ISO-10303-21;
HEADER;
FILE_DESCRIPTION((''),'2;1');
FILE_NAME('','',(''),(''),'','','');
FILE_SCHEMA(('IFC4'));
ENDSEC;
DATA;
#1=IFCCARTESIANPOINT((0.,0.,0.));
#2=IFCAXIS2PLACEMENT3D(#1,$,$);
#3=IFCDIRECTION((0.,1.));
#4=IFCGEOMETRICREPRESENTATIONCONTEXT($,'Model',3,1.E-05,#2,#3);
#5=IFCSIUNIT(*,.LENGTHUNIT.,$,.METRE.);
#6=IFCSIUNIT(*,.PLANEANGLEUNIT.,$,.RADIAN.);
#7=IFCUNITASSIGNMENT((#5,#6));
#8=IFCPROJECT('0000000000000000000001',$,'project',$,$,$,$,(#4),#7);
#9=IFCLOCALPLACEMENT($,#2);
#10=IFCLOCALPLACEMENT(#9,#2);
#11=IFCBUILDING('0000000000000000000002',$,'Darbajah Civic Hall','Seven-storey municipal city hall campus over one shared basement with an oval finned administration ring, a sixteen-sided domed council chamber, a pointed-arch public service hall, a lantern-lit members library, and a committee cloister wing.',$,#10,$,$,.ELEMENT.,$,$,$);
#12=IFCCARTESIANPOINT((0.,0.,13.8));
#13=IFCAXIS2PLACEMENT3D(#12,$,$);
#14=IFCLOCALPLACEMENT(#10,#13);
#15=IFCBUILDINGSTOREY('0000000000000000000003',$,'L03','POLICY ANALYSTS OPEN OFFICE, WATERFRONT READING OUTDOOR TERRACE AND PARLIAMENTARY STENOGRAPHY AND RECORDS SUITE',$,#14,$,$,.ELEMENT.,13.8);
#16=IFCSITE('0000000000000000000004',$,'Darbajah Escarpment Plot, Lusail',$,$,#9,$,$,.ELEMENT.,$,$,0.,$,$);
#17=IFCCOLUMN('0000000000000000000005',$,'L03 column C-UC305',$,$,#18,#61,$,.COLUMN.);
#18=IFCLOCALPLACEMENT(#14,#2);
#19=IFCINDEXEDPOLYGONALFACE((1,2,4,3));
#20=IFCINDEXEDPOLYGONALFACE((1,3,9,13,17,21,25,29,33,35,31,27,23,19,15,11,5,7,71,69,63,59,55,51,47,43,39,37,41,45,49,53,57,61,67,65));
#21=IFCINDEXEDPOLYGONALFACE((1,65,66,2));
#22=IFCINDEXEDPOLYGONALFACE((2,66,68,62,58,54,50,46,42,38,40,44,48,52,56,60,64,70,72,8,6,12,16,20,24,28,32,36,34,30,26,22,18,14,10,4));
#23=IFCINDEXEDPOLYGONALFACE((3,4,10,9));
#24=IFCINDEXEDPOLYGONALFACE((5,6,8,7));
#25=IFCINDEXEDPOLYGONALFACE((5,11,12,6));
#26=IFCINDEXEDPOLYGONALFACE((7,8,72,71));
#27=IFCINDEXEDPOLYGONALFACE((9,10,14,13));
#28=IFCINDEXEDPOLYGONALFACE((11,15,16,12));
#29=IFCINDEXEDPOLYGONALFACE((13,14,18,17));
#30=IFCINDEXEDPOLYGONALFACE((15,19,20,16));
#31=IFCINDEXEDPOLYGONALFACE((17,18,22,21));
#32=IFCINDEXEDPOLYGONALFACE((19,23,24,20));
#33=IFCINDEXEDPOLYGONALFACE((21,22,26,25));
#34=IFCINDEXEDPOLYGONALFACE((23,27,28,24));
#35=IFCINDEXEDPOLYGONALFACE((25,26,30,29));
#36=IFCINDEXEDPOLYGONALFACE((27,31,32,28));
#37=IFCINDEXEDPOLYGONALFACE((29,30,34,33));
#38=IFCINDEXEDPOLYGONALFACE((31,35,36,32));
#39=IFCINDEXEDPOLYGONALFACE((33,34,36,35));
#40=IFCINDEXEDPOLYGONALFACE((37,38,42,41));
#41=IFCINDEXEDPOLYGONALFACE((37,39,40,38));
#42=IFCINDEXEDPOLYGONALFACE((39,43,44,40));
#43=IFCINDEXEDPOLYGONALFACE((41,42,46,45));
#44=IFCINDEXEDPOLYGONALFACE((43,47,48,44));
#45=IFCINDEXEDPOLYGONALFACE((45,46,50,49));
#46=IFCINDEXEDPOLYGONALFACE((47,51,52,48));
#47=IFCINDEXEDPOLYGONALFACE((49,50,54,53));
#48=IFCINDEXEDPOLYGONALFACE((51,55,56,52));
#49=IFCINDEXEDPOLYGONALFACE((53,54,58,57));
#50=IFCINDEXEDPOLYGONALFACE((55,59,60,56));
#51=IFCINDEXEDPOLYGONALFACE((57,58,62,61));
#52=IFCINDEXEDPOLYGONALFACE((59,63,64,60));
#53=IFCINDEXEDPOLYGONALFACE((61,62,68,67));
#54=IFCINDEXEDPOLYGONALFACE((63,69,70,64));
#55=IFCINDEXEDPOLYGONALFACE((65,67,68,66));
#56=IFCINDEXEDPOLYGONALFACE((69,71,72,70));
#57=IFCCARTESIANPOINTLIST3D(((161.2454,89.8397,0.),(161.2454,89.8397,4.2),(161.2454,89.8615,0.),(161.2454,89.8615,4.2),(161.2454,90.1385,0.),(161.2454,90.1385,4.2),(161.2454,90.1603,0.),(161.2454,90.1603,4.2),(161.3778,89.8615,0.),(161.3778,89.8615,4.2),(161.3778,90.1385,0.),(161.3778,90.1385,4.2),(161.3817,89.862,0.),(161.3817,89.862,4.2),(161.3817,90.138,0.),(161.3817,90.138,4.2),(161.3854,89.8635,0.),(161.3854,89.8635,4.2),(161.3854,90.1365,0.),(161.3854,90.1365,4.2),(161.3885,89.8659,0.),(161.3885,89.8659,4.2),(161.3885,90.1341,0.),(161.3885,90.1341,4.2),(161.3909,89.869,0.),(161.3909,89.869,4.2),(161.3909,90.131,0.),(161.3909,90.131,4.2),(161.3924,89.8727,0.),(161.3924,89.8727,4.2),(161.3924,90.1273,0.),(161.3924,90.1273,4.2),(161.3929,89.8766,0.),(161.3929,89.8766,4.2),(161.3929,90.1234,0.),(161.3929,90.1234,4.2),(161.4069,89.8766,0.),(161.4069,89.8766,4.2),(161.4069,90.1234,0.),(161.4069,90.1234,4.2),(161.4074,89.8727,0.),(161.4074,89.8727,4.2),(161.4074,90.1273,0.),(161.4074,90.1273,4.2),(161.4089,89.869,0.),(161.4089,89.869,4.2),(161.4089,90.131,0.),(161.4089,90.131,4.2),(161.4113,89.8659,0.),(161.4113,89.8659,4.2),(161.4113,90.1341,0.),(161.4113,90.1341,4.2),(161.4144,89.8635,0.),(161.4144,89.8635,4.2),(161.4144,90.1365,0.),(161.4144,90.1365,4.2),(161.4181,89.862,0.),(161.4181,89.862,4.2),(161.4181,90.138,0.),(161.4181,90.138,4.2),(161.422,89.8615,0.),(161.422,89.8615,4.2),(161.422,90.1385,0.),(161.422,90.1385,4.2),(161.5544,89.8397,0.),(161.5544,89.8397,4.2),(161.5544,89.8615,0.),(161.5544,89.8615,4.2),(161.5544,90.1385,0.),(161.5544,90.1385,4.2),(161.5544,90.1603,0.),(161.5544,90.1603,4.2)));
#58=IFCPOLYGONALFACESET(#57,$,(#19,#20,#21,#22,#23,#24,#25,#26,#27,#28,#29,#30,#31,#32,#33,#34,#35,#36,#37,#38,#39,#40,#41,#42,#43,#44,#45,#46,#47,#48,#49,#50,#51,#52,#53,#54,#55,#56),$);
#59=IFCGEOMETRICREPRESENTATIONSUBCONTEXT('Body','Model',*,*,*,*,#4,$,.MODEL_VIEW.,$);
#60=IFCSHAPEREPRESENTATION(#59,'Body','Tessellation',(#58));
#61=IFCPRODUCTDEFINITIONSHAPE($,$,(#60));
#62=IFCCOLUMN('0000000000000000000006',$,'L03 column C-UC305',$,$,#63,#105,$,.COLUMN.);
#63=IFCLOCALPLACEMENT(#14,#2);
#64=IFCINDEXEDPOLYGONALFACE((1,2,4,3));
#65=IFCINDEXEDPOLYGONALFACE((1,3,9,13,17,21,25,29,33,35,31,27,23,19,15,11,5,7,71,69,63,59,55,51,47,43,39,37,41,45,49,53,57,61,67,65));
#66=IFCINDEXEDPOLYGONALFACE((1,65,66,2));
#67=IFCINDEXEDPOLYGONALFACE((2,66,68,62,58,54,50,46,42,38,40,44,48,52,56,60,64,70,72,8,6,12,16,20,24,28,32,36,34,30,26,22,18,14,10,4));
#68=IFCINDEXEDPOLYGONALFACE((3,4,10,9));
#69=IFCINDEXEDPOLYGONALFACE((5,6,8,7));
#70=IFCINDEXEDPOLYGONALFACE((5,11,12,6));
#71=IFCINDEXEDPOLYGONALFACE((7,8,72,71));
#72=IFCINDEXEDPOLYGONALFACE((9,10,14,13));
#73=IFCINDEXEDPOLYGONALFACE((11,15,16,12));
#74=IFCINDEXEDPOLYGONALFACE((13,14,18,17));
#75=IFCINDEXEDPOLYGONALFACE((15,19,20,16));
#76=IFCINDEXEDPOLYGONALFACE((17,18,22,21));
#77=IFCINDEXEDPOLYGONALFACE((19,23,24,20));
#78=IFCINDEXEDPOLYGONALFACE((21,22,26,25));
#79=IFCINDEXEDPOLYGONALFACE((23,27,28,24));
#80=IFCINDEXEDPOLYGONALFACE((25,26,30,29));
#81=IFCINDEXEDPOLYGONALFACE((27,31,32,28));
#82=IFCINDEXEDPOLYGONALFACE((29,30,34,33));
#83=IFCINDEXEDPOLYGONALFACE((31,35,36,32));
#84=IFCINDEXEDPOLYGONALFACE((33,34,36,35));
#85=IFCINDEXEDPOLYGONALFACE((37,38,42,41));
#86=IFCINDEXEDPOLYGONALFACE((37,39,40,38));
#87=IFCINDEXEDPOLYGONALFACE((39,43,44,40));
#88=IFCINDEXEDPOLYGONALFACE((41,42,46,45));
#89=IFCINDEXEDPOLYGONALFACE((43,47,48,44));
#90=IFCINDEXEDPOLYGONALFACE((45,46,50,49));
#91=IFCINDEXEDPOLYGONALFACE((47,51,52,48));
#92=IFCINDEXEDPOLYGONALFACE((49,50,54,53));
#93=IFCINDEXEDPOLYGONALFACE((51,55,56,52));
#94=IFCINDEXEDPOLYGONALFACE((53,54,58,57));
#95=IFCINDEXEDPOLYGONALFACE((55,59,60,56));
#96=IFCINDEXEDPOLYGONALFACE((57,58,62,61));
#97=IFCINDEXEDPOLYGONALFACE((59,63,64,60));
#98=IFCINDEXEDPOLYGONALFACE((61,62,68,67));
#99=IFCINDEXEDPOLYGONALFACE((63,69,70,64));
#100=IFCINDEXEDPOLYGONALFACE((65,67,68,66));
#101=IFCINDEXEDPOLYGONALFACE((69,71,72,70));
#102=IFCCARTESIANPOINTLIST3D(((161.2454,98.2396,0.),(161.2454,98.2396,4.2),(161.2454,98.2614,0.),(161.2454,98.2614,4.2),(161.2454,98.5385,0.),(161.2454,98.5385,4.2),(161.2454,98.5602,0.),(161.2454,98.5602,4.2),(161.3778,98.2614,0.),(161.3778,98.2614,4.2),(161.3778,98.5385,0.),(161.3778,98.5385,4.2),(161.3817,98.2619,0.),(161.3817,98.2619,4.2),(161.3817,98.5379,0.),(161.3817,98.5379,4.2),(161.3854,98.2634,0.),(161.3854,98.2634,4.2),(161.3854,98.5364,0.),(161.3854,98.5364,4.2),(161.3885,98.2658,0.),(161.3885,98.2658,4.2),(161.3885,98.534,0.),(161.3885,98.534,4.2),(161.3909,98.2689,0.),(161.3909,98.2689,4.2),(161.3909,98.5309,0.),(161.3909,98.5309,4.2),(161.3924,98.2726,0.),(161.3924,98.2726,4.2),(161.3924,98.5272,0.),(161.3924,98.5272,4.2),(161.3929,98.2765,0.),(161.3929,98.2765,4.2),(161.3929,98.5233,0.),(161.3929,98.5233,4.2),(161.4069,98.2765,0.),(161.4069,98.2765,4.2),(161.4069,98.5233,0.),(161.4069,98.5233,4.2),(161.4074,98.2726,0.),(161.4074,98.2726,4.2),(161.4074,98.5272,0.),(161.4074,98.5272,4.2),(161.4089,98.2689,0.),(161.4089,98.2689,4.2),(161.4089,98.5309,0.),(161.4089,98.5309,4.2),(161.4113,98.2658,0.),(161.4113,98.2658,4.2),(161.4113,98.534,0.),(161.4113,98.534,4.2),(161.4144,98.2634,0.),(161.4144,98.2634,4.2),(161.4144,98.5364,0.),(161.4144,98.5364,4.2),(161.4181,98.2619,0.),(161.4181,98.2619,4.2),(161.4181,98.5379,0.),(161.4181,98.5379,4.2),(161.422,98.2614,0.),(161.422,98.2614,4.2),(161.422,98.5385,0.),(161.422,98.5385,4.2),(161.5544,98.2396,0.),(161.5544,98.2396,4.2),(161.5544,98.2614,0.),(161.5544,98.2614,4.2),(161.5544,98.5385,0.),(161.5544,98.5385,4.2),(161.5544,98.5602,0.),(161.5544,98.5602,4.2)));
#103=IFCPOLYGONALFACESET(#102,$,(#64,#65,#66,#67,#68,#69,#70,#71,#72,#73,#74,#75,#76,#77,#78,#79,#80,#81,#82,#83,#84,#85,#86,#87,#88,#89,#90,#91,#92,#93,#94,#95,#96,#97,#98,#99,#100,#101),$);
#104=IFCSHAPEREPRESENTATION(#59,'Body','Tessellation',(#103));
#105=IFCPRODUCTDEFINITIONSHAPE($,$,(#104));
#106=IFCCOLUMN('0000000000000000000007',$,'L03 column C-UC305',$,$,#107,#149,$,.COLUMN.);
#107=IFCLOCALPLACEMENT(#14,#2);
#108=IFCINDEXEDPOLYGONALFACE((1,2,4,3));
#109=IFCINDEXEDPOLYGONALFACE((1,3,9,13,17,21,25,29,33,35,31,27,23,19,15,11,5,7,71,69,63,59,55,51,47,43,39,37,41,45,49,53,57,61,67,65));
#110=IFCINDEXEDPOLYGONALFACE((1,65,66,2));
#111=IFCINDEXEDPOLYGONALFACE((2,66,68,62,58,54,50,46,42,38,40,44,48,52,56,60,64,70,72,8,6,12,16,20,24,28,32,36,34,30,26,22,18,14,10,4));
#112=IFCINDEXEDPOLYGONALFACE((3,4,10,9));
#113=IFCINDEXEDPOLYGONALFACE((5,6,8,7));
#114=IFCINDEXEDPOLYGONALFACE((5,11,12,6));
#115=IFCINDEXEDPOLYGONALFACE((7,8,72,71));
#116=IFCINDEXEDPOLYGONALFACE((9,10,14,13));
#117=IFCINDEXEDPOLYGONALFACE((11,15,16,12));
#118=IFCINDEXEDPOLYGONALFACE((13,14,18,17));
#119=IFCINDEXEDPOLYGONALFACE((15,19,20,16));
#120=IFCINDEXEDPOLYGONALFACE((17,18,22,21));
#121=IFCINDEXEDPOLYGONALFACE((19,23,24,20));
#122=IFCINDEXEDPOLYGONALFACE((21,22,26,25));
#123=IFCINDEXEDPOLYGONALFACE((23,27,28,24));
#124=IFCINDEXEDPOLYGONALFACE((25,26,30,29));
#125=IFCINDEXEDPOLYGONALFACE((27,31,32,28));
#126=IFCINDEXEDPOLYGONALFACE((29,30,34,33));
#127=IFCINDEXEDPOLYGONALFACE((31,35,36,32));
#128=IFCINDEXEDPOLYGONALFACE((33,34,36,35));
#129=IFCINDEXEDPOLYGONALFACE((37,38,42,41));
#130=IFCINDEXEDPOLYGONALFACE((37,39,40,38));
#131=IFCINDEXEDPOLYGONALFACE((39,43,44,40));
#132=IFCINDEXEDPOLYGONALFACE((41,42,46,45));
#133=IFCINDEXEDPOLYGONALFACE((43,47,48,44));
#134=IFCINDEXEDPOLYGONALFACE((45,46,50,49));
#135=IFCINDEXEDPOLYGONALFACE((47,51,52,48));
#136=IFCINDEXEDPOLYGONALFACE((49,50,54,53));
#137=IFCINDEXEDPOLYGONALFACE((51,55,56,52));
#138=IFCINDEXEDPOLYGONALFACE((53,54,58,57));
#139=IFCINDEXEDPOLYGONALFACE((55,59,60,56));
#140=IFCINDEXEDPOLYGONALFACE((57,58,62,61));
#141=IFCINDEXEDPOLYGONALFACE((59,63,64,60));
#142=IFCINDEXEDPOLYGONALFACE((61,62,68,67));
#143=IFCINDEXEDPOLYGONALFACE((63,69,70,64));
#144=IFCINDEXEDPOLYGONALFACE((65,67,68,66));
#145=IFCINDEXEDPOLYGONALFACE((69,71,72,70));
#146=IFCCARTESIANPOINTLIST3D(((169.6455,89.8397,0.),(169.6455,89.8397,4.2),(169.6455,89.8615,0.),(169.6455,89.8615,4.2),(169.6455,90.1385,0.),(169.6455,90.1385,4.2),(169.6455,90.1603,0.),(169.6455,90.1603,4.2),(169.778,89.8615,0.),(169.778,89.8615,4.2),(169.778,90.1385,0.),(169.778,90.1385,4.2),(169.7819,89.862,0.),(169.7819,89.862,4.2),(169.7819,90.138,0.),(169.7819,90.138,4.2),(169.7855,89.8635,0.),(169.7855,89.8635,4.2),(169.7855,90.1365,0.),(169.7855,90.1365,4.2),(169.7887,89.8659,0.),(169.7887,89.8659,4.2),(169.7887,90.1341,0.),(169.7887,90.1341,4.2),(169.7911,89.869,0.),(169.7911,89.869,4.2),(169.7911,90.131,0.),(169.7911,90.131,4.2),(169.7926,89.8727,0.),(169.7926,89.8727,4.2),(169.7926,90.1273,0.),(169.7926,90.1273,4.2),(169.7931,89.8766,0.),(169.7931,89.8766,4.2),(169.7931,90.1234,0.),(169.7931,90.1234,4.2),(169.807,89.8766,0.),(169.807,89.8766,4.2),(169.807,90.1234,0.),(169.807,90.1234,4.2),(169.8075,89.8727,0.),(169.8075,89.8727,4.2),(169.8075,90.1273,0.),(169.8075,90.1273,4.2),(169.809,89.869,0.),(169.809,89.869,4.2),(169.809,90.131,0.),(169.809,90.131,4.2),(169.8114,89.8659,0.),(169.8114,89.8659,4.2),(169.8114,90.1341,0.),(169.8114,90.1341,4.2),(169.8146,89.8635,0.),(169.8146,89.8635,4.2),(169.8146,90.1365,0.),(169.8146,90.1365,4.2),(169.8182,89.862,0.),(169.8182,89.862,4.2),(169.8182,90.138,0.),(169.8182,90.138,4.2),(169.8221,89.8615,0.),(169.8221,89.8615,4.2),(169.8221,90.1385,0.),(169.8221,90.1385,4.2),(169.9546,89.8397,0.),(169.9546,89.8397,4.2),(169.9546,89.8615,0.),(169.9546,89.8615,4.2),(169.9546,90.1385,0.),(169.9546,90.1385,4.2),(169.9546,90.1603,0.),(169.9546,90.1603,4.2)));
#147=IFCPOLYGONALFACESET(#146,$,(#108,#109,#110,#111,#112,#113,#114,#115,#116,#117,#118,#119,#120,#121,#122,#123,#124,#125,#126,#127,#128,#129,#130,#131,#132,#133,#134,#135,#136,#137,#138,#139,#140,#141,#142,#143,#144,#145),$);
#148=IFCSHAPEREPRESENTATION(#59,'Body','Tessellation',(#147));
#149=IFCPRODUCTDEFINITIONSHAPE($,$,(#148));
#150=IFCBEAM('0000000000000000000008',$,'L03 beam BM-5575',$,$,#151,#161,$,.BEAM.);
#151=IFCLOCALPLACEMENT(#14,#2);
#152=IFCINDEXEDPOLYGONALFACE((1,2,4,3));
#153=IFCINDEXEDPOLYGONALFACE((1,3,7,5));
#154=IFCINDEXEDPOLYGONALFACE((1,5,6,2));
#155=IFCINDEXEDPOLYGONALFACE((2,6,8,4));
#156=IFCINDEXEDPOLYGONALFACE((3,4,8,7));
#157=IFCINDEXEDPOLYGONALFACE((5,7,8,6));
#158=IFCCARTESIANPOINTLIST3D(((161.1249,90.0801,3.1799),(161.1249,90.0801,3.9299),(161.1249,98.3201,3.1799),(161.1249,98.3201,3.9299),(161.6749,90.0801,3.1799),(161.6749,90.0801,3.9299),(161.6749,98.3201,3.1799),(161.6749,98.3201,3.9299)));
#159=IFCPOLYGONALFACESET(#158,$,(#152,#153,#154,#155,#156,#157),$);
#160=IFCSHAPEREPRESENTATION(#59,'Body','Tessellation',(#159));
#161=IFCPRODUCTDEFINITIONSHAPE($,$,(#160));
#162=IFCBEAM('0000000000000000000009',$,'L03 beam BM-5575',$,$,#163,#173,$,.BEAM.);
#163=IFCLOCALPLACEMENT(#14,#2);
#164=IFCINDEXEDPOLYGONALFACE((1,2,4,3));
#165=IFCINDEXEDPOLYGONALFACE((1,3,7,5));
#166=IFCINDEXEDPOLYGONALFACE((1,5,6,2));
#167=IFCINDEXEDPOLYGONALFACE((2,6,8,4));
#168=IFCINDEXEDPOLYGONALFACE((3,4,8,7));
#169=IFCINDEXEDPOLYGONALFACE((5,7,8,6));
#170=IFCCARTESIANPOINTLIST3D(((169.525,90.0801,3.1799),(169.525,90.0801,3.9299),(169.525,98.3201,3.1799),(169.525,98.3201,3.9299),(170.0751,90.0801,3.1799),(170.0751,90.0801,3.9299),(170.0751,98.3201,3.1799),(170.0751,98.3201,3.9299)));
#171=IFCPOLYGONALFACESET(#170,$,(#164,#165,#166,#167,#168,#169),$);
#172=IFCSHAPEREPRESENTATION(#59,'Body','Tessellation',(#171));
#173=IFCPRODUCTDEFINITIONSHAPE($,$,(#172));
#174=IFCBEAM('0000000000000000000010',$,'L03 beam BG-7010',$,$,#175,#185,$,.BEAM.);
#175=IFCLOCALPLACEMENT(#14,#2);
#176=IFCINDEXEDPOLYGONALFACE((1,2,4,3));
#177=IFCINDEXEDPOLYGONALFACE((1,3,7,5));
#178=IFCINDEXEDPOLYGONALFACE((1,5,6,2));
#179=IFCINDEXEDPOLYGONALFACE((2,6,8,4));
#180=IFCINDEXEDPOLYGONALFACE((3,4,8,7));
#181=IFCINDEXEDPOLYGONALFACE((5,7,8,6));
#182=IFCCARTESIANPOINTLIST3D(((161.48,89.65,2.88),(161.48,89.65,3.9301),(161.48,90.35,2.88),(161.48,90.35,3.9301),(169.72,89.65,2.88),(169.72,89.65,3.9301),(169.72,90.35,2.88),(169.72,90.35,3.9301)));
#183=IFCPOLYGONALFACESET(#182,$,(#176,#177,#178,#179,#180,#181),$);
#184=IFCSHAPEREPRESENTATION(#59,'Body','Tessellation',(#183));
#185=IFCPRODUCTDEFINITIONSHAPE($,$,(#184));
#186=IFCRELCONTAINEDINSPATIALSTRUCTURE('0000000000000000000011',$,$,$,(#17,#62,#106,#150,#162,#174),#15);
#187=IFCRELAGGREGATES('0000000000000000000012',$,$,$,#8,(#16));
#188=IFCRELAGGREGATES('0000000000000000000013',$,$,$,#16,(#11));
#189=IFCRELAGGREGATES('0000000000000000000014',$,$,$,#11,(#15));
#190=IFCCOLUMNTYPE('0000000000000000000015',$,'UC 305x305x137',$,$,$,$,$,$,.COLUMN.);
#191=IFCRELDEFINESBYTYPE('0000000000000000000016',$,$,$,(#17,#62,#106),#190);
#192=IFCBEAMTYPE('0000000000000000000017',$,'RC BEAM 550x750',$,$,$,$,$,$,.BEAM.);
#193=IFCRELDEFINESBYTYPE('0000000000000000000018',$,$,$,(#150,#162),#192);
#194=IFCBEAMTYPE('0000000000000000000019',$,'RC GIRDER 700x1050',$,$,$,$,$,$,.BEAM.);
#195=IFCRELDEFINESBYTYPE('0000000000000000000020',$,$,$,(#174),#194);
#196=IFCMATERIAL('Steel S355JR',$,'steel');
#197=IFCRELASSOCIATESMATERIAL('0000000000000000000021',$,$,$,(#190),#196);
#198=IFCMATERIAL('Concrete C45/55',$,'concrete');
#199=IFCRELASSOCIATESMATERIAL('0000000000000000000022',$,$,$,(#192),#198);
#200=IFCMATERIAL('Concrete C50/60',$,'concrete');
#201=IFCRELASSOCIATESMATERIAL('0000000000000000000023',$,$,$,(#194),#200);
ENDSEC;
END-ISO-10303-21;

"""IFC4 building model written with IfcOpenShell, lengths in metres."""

from ifc_helpers import new_model, si_unit, direction, frame, origin, origin_2d, place, context, subcontext, project, spatial, rectangle, i_section, extrude, material, material_profile, profile_set, type_object, element, save


model = new_model("IFC4")

# Units and contexts
model_context = context("Model", 3, precision=1e-05, world=origin(), true_north=direction((0.0, 1.0)))
body_context = subcontext(model_context, "Body", "Model", "MODEL_VIEW")
ifc_project = project(units=[si_unit("LENGTHUNIT", "METRE"), si_unit("PLANEANGLEUNIT", "RADIAN")], contexts=[model_context])

# Site, building, storey
site_placement = place(None, origin())
site = spatial("IfcSite", under=ifc_project, at=site_placement, Name="Darbajah Escarpment Plot, Lusail", CompositionType="ELEMENT", RefElevation=0.0)
building_placement = place(site_placement, origin())
building = spatial("IfcBuilding", under=site, at=building_placement, Name="Darbajah Civic Hall", Description="Seven-storey municipal city hall campus over one shared basement with an oval finned administration ring, a sixteen-sided domed council chamber, a pointed-arch public service hall, a lantern-lit members library, and a committee cloister wing.", CompositionType="ELEMENT")
storey_placement = place(building_placement, frame((0.0, 0.0, 13.8)))
storey = spatial("IfcBuildingStorey", under=building, at=storey_placement, Name="L03", Description="POLICY ANALYSTS OPEN OFFICE, WATERFRONT READING OUTDOOR TERRACE AND PARLIAMENTARY STENOGRAPHY AND RECORDS SUITE", CompositionType="ELEMENT", Elevation=13.8)

# Columns
ifc_material_1 = material(Name="Steel S355JR", Category="steel")
ifc_material_profile_1 = material_profile(ifc_material_1, i_section(OverallWidth=0.3091, OverallDepth=0.3206, WebThickness=0.0139, FlangeThickness=0.0217, FilletRadius=0.0151, at=origin_2d()), Name="UC 305x305x137")
ifc_profile_set_1 = profile_set([ifc_material_profile_1], Name="Steel S355JR")
column_type = type_object("IfcColumnType", Name="UC 305x305x137", PredefinedType="COLUMN", material=ifc_profile_set_1)
for number, where, z_axis, x_axis, name in (
    (1, (161.3999, 90.0, 0.0), (0.0, 0.0, 1.0), (1.0, 0.0, 0.0), "L03 column C-UC305"),
    (2, (161.3999, 98.3999, 0.0), (0.0, 0.0, 1.0), (1.0, 0.0, 0.0), "L03 column C-UC305"),
    (3, (169.8, 90.0, 0.0), (0.0, 0.0, 1.0), (1.0, 0.0, 0.0), "L03 column C-UC305"),
):
    element("IfcColumn", number, at=place(storey_placement, frame(where, z_axis=z_axis, x_axis=x_axis)), inside=storey, type_object=column_type, Name=name, PredefinedType="COLUMN", context=body_context, shape_type="SweptSolid", body=[
        extrude(i_section(OverallWidth=0.3091, OverallDepth=0.3206, WebThickness=0.0139, FlangeThickness=0.0217, FilletRadius=0.0151, at=origin_2d()), origin(), (0.0, 0.0, 1.0), 4.2),
    ])

# Beams
ifc_material_2 = material(Name="Concrete C45/55", Category="concrete")
ifc_material_profile_2 = material_profile(ifc_material_2, rectangle(XDim=0.55, YDim=0.75, at=origin_2d()), Name="RC BEAM 550x750")
ifc_profile_set_2 = profile_set([ifc_material_profile_2], Name="Concrete C45/55")
beam_type_1 = type_object("IfcBeamType", Name="RC BEAM 550x750", PredefinedType="BEAM", material=ifc_profile_set_2)
for number, where, z_axis, x_axis, name in (
    (4, (161.3999, 90.0801, 3.5549), (0.0, 1.0, 0.0), (-1.0, 0.0, 0.0), "L03 beam BM-5575"),
    (5, (169.8, 90.0801, 3.5549), (0.0, 1.0, 0.0), (-1.0, 0.0, 0.0), "L03 beam BM-5575"),
):
    element("IfcBeam", number, at=place(storey_placement, frame(where, z_axis=z_axis, x_axis=x_axis)), inside=storey, type_object=beam_type_1, Name=name, PredefinedType="BEAM", context=body_context, shape_type="SweptSolid", body=[
        extrude(rectangle(XDim=0.55, YDim=0.75, at=origin_2d()), origin(), (0.0, 0.0, 1.0), 8.24),
    ])
ifc_material_3 = material(Name="Concrete C50/60", Category="concrete")
ifc_material_profile_3 = material_profile(ifc_material_3, rectangle(XDim=0.7, YDim=1.05, at=origin_2d()), Name="RC GIRDER 700x1050")
ifc_profile_set_3 = profile_set([ifc_material_profile_3], Name="Concrete C50/60")
beam_type_2 = type_object("IfcBeamType", Name="RC GIRDER 700x1050", PredefinedType="BEAM", material=ifc_profile_set_3)
beam_1_placement = place(storey_placement, frame((161.48, 90.0, 3.405), z_axis=(1.0, 0.0, 0.0), x_axis=(0.0, 1.0, 0.0)))
element("IfcBeam", 6, at=beam_1_placement, inside=storey, type_object=beam_type_2, Name="L03 beam BG-7010", PredefinedType="BEAM", context=body_context, shape_type="SweptSolid", body=[
    extrude(rectangle(XDim=0.7, YDim=1.05, at=origin_2d()), origin(), (0.0, 0.0, 1.0), 8.24),
])

save(model, "model.ifc")
